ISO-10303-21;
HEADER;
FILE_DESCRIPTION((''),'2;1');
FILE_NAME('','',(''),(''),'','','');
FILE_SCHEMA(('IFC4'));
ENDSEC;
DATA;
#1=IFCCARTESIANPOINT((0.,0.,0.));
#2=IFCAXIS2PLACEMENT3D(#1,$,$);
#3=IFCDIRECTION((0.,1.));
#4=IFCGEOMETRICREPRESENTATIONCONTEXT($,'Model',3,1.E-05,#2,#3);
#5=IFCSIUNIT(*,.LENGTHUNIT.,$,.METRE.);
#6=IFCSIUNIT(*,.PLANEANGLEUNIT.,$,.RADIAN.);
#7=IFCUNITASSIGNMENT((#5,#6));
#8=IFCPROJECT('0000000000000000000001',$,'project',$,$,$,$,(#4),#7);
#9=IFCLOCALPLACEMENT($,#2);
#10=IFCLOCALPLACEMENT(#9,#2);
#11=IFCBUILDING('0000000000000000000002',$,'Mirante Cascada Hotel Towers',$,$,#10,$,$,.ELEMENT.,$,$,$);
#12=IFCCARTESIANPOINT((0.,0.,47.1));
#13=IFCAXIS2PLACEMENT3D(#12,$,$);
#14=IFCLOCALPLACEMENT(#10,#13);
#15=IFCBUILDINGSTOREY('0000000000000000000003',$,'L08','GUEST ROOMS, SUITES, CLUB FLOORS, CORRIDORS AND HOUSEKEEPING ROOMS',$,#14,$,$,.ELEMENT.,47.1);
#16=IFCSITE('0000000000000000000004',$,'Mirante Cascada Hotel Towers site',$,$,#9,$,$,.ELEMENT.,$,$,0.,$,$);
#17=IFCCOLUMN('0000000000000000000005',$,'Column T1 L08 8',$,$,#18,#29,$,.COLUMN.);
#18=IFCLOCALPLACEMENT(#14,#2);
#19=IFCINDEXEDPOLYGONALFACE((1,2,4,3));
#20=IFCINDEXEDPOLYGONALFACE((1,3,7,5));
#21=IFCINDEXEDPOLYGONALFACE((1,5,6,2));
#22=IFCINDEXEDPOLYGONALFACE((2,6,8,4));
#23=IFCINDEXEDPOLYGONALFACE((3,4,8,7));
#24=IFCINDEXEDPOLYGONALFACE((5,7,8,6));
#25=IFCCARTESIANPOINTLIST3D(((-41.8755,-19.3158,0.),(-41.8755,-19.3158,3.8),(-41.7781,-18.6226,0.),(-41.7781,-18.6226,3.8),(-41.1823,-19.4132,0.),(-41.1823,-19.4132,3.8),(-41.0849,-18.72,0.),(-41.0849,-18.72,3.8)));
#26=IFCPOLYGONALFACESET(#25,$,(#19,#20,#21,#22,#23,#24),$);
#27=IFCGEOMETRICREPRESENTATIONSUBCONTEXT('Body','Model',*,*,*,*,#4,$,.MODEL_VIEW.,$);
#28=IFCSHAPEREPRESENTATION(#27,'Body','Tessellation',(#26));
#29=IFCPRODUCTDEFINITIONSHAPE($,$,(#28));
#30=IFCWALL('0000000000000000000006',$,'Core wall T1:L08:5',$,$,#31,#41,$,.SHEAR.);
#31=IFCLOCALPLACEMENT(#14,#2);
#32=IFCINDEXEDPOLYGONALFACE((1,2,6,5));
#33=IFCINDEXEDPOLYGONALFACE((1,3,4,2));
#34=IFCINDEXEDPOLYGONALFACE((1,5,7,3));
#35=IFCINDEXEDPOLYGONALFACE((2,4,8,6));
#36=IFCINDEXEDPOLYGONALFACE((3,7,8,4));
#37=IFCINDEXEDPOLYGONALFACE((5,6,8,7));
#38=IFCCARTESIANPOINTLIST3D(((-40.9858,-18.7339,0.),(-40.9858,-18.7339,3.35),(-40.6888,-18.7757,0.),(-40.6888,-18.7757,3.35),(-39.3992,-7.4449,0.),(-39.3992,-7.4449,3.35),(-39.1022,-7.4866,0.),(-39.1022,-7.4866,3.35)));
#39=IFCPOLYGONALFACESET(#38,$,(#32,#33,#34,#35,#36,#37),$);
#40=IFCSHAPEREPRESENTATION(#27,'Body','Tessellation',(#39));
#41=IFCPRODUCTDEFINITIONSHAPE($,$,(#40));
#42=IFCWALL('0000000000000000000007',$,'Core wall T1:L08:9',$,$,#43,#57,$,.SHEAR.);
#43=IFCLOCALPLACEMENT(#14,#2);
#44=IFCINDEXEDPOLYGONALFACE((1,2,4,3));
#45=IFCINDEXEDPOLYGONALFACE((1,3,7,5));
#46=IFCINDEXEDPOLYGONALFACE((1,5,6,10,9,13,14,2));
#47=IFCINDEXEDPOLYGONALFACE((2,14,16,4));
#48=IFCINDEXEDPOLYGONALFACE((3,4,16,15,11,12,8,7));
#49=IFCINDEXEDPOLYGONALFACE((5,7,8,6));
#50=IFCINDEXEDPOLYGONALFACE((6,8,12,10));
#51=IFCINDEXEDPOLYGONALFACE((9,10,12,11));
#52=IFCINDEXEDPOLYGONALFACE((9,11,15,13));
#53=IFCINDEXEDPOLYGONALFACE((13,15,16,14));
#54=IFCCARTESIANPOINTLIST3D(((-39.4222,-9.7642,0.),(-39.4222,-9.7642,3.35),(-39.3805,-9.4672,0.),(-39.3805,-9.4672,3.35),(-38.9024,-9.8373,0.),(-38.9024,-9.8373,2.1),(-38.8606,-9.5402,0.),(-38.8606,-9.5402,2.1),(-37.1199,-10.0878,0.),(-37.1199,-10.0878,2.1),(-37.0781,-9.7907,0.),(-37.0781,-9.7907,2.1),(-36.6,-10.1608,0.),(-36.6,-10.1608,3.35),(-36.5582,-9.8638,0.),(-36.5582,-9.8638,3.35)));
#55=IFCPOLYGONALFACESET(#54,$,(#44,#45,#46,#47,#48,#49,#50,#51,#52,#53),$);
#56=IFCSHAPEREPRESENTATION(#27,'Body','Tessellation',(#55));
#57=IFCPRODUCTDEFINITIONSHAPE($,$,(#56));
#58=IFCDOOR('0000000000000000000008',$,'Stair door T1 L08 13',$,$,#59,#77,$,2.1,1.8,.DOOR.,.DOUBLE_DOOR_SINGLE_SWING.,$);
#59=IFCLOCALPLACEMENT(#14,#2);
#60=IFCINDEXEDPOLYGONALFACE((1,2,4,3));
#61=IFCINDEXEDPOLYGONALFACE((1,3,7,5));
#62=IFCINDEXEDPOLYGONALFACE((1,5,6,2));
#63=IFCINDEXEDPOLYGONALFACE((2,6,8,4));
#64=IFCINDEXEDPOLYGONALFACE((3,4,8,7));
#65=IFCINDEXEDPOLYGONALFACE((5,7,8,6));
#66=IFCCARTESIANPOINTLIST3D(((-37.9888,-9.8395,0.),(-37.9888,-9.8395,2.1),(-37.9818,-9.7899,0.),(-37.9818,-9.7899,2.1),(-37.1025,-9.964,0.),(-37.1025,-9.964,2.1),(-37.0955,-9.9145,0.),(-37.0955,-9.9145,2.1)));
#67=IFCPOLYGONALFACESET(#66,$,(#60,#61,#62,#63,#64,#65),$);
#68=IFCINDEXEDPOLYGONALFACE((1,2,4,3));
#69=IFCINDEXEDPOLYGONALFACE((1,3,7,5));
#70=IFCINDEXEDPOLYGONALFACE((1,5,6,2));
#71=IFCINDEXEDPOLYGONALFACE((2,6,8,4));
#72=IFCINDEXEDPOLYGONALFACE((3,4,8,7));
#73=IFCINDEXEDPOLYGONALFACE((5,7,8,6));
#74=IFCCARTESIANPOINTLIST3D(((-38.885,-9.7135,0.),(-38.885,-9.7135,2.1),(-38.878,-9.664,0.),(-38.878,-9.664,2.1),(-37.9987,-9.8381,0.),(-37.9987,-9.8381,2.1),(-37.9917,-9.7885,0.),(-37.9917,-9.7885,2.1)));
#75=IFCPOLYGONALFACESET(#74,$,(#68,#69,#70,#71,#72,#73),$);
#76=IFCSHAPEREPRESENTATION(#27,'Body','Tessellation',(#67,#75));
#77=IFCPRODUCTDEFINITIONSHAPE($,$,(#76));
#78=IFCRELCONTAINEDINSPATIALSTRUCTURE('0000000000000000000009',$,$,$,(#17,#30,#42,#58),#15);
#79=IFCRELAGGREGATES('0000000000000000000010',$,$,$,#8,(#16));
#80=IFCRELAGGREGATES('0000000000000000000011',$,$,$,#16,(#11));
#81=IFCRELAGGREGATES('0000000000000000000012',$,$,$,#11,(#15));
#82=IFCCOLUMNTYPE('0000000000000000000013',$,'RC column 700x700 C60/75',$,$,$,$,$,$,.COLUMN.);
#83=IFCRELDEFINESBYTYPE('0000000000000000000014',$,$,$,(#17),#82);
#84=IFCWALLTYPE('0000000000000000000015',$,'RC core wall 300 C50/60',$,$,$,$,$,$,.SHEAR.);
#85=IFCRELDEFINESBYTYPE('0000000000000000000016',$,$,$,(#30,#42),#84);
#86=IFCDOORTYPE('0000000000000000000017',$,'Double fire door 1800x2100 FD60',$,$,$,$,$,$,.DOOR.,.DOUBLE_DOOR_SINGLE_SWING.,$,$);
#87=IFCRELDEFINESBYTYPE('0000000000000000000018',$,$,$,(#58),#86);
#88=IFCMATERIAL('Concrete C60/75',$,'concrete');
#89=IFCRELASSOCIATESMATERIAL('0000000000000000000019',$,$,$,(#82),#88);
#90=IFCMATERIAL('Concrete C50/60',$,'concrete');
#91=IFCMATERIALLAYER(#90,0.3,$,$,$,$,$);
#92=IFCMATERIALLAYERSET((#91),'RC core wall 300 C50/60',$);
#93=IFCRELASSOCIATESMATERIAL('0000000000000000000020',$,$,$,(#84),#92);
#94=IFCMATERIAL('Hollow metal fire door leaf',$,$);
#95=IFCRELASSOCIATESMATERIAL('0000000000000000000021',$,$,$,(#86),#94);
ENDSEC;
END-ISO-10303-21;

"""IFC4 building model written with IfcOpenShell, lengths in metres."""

from ifc_helpers import new_model, si_unit, direction, frame, frame_2d, origin, origin_2d, place, context, subcontext, project, spatial, rectangle, extrude, material, layer, layer_set, material_profile, profile_set, type_object, element, fill, save


model = new_model("IFC4")

# Units and contexts
model_context = context("Model", 3, precision=1e-05, world=origin(), true_north=direction((0.0, 1.0)))
body_context = subcontext(model_context, "Body", "Model", "MODEL_VIEW")
ifc_project = project(units=[si_unit("LENGTHUNIT", "METRE"), si_unit("PLANEANGLEUNIT", "RADIAN")], contexts=[model_context])

# Site, building, storey
site_placement = place(None, origin())
site = spatial("IfcSite", under=ifc_project, at=site_placement, Name="Mirante Cascada Hotel Towers site", CompositionType="ELEMENT", RefElevation=0.0)
building_placement = place(site_placement, origin())
building = spatial("IfcBuilding", under=site, at=building_placement, Name="Mirante Cascada Hotel Towers", CompositionType="ELEMENT")
storey_placement = place(building_placement, frame((0.0, 0.0, 47.1)))
storey = spatial("IfcBuildingStorey", under=building, at=storey_placement, Name="L08", Description="GUEST ROOMS, SUITES, CLUB FLOORS, CORRIDORS AND HOUSEKEEPING ROOMS", CompositionType="ELEMENT", Elevation=47.1)

# Column
ifc_material_1 = material(Name="Concrete C60/75", Category="concrete")
ifc_material_profile = material_profile(ifc_material_1, rectangle(XDim=0.7, YDim=0.7, at=origin_2d()), Name="RC column 700x700 C60/75")
ifc_profile_set = profile_set([ifc_material_profile], Name="Concrete C60/75")
column_type = type_object("IfcColumnType", Name="RC column 700x700 C60/75", PredefinedType="COLUMN", material=ifc_profile_set)
column_placement = place(storey_placement, frame((-41.4802, -19.0179, 0.0), z_axis=(0.0, 0.0, 1.0), x_axis=(-0.990268, 0.139173, 0.0)))
element("IfcColumn", 1, at=column_placement, inside=storey, type_object=column_type, Name="Column T1 L08 8", PredefinedType="COLUMN", context=body_context, shape_type="SweptSolid", body=[
    extrude(rectangle(XDim=0.7, YDim=0.7, at=origin_2d()), origin(), (0.0, 0.0, 1.0), 3.8),
])

# Wall
ifc_material_2 = material(Name="Concrete C50/60", Category="concrete")
ifc_layer_1 = layer(ifc_material_2, 0.3)
ifc_layer_set_1 = layer_set([ifc_layer_1], Name="RC core wall 300 C50/60")
wall_type_1 = type_object("IfcWallType", Name="RC core wall 300 C50/60", PredefinedType="SHEAR", material=ifc_layer_set_1)
wall_1_placement = place(storey_placement, frame((-40.8373, -18.7548, 0.0), z_axis=(0.0, 0.0, 1.0), x_axis=(0.139175, 0.990268, 0.0)))
element("IfcWall", 2, at=wall_1_placement, inside=storey, type_object=wall_type_1, Name="Core wall T1:L08:5", PredefinedType="SHEAR", context=body_context, shape_type="SweptSolid", body=[
    extrude(rectangle(XDim=11.4, YDim=0.3, at=frame_2d((5.7, 0.0))), origin(), (0.0, 0.0, 1.0), 3.35),
])

# Wall, opening, door
wall_2_placement = place(storey_placement, frame((-36.5791, -10.0123, 0.0), z_axis=(0.0, 0.0, 1.0), x_axis=(-0.99027, 0.139156, 0.0)))
wall_2 = element("IfcWall", 3, at=wall_2_placement, inside=storey, type_object=wall_type_1, Name="Core wall T1:L08:9", PredefinedType="SHEAR", context=body_context, shape_type="SweptSolid", body=[
    extrude(rectangle(XDim=2.85, YDim=0.3, at=frame_2d((1.425, 0.0))), origin(), (0.0, 0.0, 1.0), 3.35),
])
opening_1_placement = place(wall_2_placement, frame((0.525, 0.0, 0.0)))
opening_1 = element("IfcOpeningElement", 4, at=opening_1_placement, cuts=wall_2, PredefinedType="OPENING", context=body_context, shape_type="SweptSolid", body=[
    extrude(rectangle(XDim=1.8, YDim=2.1, at=frame_2d((0.9, 1.05))), frame((0.0, 0.15, 0.0), z_axis=(0.0, -1.0, 0.0), x_axis=(1.0, 0.0, 0.0)), (0.0, 0.0, 1.0), 0.3),
])
ifc_material_3 = material(Name="Hollow metal fire door leaf")
door_type_1 = type_object("IfcDoorType", Name="Double fire door 1800x2100 FD60", OperationType="DOUBLE_DOOR_SINGLE_SWING", PredefinedType="DOOR", material=ifc_material_3)
door_1_placement = place(opening_1_placement, origin())
door_1 = element("IfcDoor", 5, at=door_1_placement, inside=storey, type_object=door_type_1, Name="Stair door T1 L08 13", OperationType="DOUBLE_DOOR_SINGLE_SWING", OverallHeight=2.1, OverallWidth=1.8, PredefinedType="DOOR", context=body_context, shape_type="SweptSolid", body=[
    extrude(rectangle(XDim=0.895, YDim=2.1, at=frame_2d((0.4475, 1.05))), frame((0.0, 0.025, 0.0), z_axis=(0.0, -1.0, 0.0), x_axis=(1.0, 0.0, 0.0)), (0.0, 0.0, 1.0), 0.05),
    extrude(rectangle(XDim=0.895, YDim=2.1, at=frame_2d((1.3525, 1.05))), frame((0.0, 0.025, 0.0), z_axis=(0.0, -1.0, 0.0), x_axis=(1.0, 0.0, 0.0)), (0.0, 0.0, 1.0), 0.05),
])
fill(opening_1, door_1)

save(model, "model.ifc")
